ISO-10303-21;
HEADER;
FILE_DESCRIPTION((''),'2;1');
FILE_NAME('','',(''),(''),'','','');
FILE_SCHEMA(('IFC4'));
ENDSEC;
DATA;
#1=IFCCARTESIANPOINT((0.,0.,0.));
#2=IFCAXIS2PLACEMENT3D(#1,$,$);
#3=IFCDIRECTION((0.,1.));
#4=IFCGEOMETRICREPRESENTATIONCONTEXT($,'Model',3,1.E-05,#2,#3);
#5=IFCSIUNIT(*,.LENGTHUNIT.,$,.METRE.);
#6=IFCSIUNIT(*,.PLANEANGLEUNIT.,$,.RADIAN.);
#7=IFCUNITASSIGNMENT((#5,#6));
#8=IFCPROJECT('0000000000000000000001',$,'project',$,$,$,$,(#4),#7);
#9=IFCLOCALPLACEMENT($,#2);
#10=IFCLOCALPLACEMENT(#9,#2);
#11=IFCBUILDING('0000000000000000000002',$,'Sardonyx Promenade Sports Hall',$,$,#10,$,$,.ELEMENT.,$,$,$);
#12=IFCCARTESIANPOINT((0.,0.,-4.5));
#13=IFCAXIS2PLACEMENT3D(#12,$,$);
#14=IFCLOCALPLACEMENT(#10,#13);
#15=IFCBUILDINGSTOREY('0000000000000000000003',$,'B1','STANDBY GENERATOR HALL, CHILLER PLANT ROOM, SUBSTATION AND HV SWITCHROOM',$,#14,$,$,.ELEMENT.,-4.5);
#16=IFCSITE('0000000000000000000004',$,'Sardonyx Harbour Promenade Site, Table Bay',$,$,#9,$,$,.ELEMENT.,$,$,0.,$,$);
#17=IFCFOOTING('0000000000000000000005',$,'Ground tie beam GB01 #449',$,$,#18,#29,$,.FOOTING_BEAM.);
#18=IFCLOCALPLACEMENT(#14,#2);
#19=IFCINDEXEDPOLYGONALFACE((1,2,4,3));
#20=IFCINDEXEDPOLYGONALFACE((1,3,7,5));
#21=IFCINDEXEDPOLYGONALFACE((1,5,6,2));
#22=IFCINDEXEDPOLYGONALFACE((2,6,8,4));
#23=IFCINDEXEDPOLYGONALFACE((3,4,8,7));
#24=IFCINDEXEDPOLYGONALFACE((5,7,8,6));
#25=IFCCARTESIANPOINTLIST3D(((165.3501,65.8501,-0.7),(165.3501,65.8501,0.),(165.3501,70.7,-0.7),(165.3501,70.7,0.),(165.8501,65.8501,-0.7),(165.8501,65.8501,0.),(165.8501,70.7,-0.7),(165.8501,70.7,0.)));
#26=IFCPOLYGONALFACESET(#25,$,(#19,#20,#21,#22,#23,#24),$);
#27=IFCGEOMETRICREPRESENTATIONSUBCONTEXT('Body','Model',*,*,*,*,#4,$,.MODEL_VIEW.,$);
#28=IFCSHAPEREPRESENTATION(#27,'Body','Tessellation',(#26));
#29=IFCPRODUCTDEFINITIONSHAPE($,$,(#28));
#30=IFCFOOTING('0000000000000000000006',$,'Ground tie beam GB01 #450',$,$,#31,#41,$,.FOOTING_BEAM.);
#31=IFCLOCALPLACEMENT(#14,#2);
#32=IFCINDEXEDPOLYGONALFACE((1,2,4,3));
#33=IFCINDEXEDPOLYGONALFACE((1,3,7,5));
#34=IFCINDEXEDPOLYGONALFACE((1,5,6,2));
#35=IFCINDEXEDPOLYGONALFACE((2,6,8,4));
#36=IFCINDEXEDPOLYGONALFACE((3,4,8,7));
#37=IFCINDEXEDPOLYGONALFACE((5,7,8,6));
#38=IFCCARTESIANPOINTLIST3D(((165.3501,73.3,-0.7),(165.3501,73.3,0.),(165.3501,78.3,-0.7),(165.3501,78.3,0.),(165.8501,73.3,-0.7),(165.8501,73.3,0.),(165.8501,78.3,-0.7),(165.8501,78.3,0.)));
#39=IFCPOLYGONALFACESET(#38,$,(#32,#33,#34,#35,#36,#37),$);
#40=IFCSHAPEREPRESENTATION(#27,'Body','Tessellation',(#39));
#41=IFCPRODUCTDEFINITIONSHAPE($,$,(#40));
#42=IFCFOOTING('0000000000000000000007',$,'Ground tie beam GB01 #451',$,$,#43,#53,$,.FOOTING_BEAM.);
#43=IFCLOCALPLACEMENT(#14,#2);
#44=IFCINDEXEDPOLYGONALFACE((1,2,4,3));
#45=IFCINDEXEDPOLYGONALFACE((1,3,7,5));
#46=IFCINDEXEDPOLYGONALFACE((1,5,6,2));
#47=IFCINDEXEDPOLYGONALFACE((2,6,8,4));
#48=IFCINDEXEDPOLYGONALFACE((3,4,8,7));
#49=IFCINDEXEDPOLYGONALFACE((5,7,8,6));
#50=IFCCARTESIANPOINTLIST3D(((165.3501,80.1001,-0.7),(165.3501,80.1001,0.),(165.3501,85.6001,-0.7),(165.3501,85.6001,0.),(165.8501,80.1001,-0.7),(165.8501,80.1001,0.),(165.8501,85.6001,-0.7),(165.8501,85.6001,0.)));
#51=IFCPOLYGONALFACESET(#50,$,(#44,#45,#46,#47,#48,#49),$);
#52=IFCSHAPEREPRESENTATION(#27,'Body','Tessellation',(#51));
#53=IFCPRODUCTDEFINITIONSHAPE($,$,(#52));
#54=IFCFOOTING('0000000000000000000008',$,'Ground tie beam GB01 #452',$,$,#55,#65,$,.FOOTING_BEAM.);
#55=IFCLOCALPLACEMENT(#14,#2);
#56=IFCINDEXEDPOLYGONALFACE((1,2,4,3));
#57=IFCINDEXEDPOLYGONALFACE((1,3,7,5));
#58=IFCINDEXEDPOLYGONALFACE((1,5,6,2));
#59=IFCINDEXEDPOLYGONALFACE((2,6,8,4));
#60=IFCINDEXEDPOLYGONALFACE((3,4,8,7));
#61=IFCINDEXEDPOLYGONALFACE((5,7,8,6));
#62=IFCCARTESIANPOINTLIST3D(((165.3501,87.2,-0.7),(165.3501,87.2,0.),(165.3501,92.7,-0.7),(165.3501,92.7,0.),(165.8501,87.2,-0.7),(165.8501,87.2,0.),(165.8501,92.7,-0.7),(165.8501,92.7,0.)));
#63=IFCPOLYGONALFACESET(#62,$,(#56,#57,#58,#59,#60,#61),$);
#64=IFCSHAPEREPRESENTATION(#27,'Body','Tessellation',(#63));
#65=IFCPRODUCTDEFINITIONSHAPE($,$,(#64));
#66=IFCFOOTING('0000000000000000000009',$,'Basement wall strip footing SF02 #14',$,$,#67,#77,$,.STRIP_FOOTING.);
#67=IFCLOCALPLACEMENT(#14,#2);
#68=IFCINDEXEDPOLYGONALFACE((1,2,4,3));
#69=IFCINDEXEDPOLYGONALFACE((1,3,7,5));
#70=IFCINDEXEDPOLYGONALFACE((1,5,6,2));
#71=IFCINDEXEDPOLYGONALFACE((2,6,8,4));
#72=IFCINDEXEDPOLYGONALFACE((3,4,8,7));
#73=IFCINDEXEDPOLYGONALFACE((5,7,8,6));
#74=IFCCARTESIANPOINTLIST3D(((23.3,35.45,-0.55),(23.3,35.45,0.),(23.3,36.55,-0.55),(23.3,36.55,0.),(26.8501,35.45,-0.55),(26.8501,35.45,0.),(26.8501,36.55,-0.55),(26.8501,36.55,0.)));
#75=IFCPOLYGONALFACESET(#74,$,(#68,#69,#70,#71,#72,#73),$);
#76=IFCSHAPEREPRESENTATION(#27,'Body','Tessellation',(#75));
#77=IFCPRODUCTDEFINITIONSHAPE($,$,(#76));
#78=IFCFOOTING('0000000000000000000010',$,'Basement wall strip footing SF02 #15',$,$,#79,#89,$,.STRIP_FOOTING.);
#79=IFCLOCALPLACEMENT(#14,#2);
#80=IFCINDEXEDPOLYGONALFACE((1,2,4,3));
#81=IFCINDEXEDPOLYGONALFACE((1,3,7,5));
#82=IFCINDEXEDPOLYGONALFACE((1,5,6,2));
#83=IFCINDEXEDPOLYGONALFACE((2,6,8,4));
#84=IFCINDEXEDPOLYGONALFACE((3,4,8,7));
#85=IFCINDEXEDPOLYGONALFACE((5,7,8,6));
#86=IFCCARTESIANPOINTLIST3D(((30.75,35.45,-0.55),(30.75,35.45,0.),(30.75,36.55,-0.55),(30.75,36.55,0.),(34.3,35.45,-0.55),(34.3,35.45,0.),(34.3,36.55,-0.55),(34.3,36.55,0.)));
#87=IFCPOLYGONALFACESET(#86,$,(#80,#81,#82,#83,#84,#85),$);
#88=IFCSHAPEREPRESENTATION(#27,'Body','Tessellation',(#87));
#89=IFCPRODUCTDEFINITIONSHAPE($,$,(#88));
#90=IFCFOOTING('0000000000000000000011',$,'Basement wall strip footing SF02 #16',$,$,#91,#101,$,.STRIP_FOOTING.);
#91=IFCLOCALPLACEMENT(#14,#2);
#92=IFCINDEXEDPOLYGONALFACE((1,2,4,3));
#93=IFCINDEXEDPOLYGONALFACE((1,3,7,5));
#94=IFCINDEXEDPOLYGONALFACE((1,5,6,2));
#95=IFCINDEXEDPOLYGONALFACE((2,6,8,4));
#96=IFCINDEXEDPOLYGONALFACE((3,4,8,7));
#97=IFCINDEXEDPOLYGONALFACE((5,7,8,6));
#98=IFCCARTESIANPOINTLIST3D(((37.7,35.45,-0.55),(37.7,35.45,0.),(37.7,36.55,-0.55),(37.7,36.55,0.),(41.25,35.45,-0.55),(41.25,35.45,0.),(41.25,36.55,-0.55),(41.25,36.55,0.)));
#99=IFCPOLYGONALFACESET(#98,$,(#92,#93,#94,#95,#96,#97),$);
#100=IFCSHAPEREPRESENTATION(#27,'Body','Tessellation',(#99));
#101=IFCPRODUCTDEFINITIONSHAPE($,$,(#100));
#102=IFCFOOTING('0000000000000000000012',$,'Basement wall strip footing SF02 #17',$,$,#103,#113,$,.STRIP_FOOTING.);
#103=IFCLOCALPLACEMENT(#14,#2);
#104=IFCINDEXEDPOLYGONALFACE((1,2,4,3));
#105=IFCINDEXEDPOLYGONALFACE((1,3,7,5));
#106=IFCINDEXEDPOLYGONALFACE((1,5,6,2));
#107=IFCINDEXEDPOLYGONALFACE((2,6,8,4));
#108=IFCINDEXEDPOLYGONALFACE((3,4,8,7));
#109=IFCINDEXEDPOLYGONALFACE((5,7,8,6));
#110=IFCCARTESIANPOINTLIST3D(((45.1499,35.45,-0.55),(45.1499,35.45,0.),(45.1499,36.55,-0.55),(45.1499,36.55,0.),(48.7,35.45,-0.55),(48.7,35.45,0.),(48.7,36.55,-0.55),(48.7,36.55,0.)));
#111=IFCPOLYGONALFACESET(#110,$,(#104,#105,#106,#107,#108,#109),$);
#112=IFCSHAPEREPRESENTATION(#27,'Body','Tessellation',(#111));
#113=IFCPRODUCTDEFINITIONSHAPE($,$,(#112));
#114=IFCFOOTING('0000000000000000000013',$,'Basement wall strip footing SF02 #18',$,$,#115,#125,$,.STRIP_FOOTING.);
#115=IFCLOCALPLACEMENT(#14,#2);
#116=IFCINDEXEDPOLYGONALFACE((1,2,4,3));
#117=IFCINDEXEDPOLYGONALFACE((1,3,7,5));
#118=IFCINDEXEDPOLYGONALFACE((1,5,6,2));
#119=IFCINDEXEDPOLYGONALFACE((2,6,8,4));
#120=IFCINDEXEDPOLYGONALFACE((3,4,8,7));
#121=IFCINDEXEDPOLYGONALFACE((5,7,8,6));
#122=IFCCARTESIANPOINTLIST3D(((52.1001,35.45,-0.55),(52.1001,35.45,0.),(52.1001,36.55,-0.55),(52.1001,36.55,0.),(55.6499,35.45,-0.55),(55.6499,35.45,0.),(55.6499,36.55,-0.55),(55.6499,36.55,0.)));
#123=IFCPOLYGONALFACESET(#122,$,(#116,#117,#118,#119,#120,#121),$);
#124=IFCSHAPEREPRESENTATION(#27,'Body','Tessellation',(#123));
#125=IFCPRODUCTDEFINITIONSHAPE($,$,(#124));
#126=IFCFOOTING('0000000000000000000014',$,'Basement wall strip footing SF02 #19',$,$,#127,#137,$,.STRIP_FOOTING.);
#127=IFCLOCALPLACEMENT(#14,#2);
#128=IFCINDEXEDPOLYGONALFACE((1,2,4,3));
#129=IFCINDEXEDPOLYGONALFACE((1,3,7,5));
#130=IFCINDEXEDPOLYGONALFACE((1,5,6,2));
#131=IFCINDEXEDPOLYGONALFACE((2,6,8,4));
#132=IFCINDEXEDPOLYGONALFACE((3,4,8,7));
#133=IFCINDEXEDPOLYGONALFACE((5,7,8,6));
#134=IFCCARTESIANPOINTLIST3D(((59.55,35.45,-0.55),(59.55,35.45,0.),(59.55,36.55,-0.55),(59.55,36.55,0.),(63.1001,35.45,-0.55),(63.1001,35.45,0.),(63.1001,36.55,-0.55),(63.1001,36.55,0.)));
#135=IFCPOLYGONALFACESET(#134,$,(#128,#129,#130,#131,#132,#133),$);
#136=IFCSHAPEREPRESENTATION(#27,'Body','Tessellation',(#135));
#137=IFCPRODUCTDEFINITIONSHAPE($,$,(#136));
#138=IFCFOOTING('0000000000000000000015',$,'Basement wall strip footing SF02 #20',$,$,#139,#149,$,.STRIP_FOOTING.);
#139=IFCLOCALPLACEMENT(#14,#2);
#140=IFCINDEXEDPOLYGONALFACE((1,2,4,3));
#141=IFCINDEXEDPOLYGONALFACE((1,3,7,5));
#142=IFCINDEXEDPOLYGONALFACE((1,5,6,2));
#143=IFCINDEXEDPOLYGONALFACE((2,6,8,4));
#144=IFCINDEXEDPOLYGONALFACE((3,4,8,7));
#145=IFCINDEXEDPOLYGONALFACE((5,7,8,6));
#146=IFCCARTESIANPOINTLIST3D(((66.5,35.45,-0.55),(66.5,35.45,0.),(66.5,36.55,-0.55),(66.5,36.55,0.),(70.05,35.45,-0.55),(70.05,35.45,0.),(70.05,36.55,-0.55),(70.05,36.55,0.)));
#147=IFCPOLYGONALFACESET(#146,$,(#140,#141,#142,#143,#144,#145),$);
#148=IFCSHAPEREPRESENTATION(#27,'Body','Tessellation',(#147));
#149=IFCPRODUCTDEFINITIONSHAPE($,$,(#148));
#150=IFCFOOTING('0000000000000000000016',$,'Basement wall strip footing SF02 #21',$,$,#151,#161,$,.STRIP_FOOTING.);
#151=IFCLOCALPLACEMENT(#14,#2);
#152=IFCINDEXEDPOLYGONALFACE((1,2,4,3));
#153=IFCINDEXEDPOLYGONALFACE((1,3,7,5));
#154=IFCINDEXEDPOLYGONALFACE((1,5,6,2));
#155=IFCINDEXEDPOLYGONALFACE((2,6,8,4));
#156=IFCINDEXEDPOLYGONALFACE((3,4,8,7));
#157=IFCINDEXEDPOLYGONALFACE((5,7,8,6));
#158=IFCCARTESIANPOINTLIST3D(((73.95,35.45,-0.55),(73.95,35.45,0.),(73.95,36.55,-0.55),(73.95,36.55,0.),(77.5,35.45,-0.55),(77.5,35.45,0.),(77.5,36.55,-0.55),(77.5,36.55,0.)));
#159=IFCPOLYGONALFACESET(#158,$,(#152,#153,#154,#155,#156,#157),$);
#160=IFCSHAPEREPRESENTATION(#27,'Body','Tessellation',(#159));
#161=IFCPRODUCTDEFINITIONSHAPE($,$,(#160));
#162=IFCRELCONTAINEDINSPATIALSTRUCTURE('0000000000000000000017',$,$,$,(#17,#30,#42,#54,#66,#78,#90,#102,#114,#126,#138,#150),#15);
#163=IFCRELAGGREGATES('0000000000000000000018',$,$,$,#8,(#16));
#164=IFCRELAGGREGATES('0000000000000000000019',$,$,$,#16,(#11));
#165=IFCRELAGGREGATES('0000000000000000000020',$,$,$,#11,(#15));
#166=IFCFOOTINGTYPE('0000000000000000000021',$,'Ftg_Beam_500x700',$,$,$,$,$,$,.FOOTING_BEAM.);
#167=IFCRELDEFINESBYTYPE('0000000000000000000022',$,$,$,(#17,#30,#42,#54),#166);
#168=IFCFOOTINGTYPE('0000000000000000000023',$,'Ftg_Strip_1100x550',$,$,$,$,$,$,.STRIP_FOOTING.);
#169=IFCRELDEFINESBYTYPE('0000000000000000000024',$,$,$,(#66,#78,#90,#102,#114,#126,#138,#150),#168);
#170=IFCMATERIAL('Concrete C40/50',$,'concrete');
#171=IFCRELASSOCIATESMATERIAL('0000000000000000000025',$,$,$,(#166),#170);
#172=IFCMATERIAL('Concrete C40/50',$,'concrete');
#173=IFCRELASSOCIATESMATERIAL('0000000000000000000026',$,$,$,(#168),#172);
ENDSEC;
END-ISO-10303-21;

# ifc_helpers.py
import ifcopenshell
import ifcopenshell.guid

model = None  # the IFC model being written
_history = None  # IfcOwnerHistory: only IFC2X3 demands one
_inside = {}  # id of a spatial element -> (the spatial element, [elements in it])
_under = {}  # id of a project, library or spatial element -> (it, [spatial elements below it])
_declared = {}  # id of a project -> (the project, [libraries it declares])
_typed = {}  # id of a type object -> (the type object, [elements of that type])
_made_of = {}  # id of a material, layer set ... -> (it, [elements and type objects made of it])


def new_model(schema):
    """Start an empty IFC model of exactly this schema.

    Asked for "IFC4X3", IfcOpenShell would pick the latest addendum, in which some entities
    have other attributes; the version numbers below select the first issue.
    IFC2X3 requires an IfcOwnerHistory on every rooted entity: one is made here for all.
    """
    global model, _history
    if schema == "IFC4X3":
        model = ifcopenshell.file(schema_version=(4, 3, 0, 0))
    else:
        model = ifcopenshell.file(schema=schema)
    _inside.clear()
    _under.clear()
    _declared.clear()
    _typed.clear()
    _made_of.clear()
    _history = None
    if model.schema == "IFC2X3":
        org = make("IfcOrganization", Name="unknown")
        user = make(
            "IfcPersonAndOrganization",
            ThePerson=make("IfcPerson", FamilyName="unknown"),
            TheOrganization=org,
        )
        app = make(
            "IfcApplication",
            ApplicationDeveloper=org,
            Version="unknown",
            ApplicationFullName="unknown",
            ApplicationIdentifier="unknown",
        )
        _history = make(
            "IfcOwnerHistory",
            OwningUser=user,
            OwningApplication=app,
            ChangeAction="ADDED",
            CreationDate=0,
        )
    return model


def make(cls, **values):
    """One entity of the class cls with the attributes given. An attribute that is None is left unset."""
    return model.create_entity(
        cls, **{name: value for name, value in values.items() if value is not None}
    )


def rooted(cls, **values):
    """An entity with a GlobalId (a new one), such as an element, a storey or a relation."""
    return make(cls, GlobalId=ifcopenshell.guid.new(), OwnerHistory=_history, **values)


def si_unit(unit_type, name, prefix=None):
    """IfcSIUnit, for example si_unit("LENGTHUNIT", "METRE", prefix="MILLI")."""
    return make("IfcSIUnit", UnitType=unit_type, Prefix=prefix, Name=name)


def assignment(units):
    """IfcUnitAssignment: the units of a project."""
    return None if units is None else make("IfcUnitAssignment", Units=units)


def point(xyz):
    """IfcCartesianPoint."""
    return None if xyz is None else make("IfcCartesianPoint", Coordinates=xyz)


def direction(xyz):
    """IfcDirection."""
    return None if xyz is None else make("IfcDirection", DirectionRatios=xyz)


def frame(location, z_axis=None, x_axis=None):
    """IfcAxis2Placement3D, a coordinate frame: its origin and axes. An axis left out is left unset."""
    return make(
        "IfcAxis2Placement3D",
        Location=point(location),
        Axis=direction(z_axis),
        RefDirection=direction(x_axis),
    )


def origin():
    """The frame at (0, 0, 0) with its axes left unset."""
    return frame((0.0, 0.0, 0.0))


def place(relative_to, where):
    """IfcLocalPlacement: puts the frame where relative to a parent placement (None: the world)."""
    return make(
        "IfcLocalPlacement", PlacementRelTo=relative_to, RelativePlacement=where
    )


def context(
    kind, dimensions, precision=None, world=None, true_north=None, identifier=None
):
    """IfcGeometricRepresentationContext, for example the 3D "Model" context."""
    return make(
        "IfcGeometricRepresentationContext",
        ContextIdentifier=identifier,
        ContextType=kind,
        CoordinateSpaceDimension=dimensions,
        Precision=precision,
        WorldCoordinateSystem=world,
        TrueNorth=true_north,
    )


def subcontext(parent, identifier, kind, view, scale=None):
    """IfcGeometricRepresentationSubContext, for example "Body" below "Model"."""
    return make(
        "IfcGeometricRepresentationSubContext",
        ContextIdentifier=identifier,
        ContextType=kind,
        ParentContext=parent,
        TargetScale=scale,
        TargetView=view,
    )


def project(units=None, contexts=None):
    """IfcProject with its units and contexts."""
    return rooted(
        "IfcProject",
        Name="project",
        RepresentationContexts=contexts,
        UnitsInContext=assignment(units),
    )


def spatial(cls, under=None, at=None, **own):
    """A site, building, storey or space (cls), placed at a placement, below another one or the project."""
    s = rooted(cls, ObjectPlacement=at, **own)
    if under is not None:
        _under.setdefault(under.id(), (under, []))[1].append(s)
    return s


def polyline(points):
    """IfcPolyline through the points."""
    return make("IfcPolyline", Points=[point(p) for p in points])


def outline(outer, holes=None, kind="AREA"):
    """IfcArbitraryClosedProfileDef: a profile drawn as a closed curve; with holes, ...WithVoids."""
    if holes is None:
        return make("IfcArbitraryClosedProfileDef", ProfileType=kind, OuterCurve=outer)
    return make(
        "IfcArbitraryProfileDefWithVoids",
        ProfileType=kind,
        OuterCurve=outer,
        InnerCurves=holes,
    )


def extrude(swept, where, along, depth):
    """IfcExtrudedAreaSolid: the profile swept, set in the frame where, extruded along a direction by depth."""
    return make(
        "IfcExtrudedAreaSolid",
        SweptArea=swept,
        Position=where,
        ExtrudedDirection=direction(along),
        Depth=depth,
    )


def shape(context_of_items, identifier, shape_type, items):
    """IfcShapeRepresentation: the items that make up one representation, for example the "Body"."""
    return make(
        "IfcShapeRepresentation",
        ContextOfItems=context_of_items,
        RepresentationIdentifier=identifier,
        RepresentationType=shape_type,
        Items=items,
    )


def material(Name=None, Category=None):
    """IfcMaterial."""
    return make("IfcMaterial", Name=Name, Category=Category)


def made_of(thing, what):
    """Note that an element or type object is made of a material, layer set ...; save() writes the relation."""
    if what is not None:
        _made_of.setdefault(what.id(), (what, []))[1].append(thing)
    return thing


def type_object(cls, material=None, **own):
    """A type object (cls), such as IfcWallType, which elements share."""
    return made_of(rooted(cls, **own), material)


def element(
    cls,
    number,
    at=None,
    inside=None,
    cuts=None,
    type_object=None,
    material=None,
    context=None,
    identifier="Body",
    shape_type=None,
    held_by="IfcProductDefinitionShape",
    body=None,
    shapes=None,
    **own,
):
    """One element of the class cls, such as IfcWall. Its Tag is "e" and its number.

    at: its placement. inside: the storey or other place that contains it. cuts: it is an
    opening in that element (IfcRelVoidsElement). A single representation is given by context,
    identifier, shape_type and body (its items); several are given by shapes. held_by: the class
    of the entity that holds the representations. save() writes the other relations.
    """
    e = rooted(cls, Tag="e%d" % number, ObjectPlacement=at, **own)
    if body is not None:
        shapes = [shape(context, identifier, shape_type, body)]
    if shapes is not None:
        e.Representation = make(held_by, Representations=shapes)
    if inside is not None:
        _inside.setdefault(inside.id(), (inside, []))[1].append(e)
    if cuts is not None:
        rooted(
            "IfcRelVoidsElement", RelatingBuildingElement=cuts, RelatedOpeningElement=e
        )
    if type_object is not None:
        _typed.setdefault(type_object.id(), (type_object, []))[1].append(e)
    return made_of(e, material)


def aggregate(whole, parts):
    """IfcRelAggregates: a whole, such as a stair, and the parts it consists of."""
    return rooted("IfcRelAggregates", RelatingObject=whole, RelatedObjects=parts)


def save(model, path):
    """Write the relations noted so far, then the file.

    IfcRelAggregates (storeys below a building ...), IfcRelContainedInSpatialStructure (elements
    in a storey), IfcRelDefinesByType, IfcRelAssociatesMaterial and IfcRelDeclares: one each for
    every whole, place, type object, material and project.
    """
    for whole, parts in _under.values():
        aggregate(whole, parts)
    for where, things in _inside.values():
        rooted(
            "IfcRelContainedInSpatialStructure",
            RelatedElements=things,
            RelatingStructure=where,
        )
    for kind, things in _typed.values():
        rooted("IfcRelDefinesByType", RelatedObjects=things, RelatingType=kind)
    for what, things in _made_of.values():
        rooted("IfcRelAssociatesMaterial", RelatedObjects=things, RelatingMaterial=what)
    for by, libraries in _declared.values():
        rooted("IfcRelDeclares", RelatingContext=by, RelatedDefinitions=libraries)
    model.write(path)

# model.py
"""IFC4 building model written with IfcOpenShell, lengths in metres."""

from ifc_helpers import new_model, si_unit, direction, frame, origin, place, context, subcontext, project, spatial, polyline, outline, extrude, material, type_object, element, save


model = new_model("IFC4")

# Units and contexts
model_context = context("Model", 3, precision=1e-05, world=origin(), true_north=direction((0.0, 1.0)))
body_context = subcontext(model_context, "Body", "Model", "MODEL_VIEW")
ifc_project = project(units=[si_unit("LENGTHUNIT", "METRE"), si_unit("PLANEANGLEUNIT", "RADIAN")], contexts=[model_context])

# Site, building, storey
site_placement = place(None, origin())
site = spatial("IfcSite", under=ifc_project, at=site_placement, Name="Sardonyx Harbour Promenade Site, Table Bay", CompositionType="ELEMENT", RefElevation=0.0)
building_placement = place(site_placement, origin())
building = spatial("IfcBuilding", under=site, at=building_placement, Name="Sardonyx Promenade Sports Hall", CompositionType="ELEMENT")
storey_placement = place(building_placement, frame((0.0, 0.0, -4.5)))
storey = spatial("IfcBuildingStorey", under=building, at=storey_placement, Name="B1", Description="STANDBY GENERATOR HALL, CHILLER PLANT ROOM, SUBSTATION AND HV SWITCHROOM", CompositionType="ELEMENT", Elevation=-4.5)

# Footings
ifc_material_1 = material(Name="Concrete C40/50", Category="concrete")
footing_type_1 = type_object("IfcFootingType", Name="Ftg_Beam_500x700", PredefinedType="FOOTING_BEAM", material=ifc_material_1)
footing_1_placement = place(storey_placement, frame((0.0, 0.0, -0.7)))
element("IfcFooting", 1, at=footing_1_placement, inside=storey, type_object=footing_type_1, Name="Ground tie beam GB01 #449", PredefinedType="FOOTING_BEAM", context=body_context, shape_type="SweptSolid", body=[
    extrude(outline(polyline([(165.3501, 65.8501), (165.8501, 65.8501), (165.8501, 70.7), (165.3501, 70.7), (165.3501, 65.8501)])), origin(), (0.0, 0.0, 1.0), 0.7),
])
footing_2_placement = place(storey_placement, frame((0.0, 0.0, -0.7)))
element("IfcFooting", 2, at=footing_2_placement, inside=storey, type_object=footing_type_1, Name="Ground tie beam GB01 #450", PredefinedType="FOOTING_BEAM", context=body_context, shape_type="SweptSolid", body=[
    extrude(outline(polyline([(165.3501, 73.3), (165.8501, 73.3), (165.8501, 78.3), (165.3501, 78.3), (165.3501, 73.3)])), origin(), (0.0, 0.0, 1.0), 0.7),
])
footing_3_placement = place(storey_placement, frame((0.0, 0.0, -0.7)))
element("IfcFooting", 3, at=footing_3_placement, inside=storey, type_object=footing_type_1, Name="Ground tie beam GB01 #451", PredefinedType="FOOTING_BEAM", context=body_context, shape_type="SweptSolid", body=[
    extrude(outline(polyline([(165.3501, 80.1001), (165.8501, 80.1001), (165.8501, 85.6001), (165.3501, 85.6001), (165.3501, 80.1001)])), origin(), (0.0, 0.0, 1.0), 0.7),
])
footing_4_placement = place(storey_placement, frame((0.0, 0.0, -0.7)))
element("IfcFooting", 4, at=footing_4_placement, inside=storey, type_object=footing_type_1, Name="Ground tie beam GB01 #452", PredefinedType="FOOTING_BEAM", context=body_context, shape_type="SweptSolid", body=[
    extrude(outline(polyline([(165.3501, 87.2), (165.8501, 87.2), (165.8501, 92.7), (165.3501, 92.7), (165.3501, 87.2)])), origin(), (0.0, 0.0, 1.0), 0.7),
])
ifc_material_2 = material(Name="Concrete C40/50", Category="concrete")
footing_type_2 = type_object("IfcFootingType", Name="Ftg_Strip_1100x550", PredefinedType="STRIP_FOOTING", material=ifc_material_2)
footing_5_placement = place(storey_placement, frame((0.0, 0.0, -0.55)))
element("IfcFooting", 5, at=footing_5_placement, inside=storey, type_object=footing_type_2, Name="Basement wall strip footing SF02 #14", PredefinedType="STRIP_FOOTING", context=body_context, shape_type="SweptSolid", body=[
    extrude(outline(polyline([(23.3, 35.45), (26.8501, 35.45), (26.8501, 36.55), (23.3, 36.55), (23.3, 35.45)])), origin(), (0.0, 0.0, 1.0), 0.55),
])
footing_6_placement = place(storey_placement, frame((0.0, 0.0, -0.55)))
element("IfcFooting", 6, at=footing_6_placement, inside=storey, type_object=footing_type_2, Name="Basement wall strip footing SF02 #15", PredefinedType="STRIP_FOOTING", context=body_context, shape_type="SweptSolid", body=[
    extrude(outline(polyline([(30.75, 35.45), (34.3, 35.45), (34.3, 36.55), (30.75, 36.55), (30.75, 35.45)])), origin(), (0.0, 0.0, 1.0), 0.55),
])
footing_7_placement = place(storey_placement, frame((0.0, 0.0, -0.55)))
element("IfcFooting", 7, at=footing_7_placement, inside=storey, type_object=footing_type_2, Name="Basement wall strip footing SF02 #16", PredefinedType="STRIP_FOOTING", context=body_context, shape_type="SweptSolid", body=[
    extrude(outline(polyline([(37.7, 35.45), (41.25, 35.45), (41.25, 36.55), (37.7, 36.55), (37.7, 35.45)])), origin(), (0.0, 0.0, 1.0), 0.55),
])
footing_8_placement = place(storey_placement, frame((0.0, 0.0, -0.55)))
element("IfcFooting", 8, at=footing_8_placement, inside=storey, type_object=footing_type_2, Name="Basement wall strip footing SF02 #17", PredefinedType="STRIP_FOOTING", context=body_context, shape_type="SweptSolid", body=[
    extrude(outline(polyline([(45.1499, 35.45), (48.7, 35.45), (48.7, 36.55), (45.1499, 36.55), (45.1499, 35.45)])), origin(), (0.0, 0.0, 1.0), 0.55),
])
footing_9_placement = place(storey_placement, frame((0.0, 0.0, -0.55)))
element("IfcFooting", 9, at=footing_9_placement, inside=storey, type_object=footing_type_2, Name="Basement wall strip footing SF02 #18", PredefinedType="STRIP_FOOTING", context=body_context, shape_type="SweptSolid", body=[
    extrude(outline(polyline([(52.1001, 35.45), (55.6499, 35.45), (55.6499, 36.55), (52.1001, 36.55), (52.1001, 35.45)])), origin(), (0.0, 0.0, 1.0), 0.55),
])
footing_10_placement = place(storey_placement, frame((0.0, 0.0, -0.55)))
element("IfcFooting", 10, at=footing_10_placement, inside=storey, type_object=footing_type_2, Name="Basement wall strip footing SF02 #19", PredefinedType="STRIP_FOOTING", context=body_context, shape_type="SweptSolid", body=[
    extrude(outline(polyline([(59.55, 35.45), (63.1001, 35.45), (63.1001, 36.55), (59.55, 36.55), (59.55, 35.45)])), origin(), (0.0, 0.0, 1.0), 0.55),
])
footing_11_placement = place(storey_placement, frame((0.0, 0.0, -0.55)))
element("IfcFooting", 11, at=footing_11_placement, inside=storey, type_object=footing_type_2, Name="Basement wall strip footing SF02 #20", PredefinedType="STRIP_FOOTING", context=body_context, shape_type="SweptSolid", body=[
    extrude(outline(polyline([(66.5, 35.45), (70.05, 35.45), (70.05, 36.55), (66.5, 36.55), (66.5, 35.45)])), origin(), (0.0, 0.0, 1.0), 0.55),
])
footing_12_placement = place(storey_placement, frame((0.0, 0.0, -0.55)))
element("IfcFooting", 12, at=footing_12_placement, inside=storey, type_object=footing_type_2, Name="Basement wall strip footing SF02 #21", PredefinedType="STRIP_FOOTING", context=body_context, shape_type="SweptSolid", body=[
    extrude(outline(polyline([(73.95, 35.45), (77.5, 35.45), (77.5, 36.55), (73.95, 36.55), (73.95, 35.45)])), origin(), (0.0, 0.0, 1.0), 0.55),
])

save(model, "model.ifc")
